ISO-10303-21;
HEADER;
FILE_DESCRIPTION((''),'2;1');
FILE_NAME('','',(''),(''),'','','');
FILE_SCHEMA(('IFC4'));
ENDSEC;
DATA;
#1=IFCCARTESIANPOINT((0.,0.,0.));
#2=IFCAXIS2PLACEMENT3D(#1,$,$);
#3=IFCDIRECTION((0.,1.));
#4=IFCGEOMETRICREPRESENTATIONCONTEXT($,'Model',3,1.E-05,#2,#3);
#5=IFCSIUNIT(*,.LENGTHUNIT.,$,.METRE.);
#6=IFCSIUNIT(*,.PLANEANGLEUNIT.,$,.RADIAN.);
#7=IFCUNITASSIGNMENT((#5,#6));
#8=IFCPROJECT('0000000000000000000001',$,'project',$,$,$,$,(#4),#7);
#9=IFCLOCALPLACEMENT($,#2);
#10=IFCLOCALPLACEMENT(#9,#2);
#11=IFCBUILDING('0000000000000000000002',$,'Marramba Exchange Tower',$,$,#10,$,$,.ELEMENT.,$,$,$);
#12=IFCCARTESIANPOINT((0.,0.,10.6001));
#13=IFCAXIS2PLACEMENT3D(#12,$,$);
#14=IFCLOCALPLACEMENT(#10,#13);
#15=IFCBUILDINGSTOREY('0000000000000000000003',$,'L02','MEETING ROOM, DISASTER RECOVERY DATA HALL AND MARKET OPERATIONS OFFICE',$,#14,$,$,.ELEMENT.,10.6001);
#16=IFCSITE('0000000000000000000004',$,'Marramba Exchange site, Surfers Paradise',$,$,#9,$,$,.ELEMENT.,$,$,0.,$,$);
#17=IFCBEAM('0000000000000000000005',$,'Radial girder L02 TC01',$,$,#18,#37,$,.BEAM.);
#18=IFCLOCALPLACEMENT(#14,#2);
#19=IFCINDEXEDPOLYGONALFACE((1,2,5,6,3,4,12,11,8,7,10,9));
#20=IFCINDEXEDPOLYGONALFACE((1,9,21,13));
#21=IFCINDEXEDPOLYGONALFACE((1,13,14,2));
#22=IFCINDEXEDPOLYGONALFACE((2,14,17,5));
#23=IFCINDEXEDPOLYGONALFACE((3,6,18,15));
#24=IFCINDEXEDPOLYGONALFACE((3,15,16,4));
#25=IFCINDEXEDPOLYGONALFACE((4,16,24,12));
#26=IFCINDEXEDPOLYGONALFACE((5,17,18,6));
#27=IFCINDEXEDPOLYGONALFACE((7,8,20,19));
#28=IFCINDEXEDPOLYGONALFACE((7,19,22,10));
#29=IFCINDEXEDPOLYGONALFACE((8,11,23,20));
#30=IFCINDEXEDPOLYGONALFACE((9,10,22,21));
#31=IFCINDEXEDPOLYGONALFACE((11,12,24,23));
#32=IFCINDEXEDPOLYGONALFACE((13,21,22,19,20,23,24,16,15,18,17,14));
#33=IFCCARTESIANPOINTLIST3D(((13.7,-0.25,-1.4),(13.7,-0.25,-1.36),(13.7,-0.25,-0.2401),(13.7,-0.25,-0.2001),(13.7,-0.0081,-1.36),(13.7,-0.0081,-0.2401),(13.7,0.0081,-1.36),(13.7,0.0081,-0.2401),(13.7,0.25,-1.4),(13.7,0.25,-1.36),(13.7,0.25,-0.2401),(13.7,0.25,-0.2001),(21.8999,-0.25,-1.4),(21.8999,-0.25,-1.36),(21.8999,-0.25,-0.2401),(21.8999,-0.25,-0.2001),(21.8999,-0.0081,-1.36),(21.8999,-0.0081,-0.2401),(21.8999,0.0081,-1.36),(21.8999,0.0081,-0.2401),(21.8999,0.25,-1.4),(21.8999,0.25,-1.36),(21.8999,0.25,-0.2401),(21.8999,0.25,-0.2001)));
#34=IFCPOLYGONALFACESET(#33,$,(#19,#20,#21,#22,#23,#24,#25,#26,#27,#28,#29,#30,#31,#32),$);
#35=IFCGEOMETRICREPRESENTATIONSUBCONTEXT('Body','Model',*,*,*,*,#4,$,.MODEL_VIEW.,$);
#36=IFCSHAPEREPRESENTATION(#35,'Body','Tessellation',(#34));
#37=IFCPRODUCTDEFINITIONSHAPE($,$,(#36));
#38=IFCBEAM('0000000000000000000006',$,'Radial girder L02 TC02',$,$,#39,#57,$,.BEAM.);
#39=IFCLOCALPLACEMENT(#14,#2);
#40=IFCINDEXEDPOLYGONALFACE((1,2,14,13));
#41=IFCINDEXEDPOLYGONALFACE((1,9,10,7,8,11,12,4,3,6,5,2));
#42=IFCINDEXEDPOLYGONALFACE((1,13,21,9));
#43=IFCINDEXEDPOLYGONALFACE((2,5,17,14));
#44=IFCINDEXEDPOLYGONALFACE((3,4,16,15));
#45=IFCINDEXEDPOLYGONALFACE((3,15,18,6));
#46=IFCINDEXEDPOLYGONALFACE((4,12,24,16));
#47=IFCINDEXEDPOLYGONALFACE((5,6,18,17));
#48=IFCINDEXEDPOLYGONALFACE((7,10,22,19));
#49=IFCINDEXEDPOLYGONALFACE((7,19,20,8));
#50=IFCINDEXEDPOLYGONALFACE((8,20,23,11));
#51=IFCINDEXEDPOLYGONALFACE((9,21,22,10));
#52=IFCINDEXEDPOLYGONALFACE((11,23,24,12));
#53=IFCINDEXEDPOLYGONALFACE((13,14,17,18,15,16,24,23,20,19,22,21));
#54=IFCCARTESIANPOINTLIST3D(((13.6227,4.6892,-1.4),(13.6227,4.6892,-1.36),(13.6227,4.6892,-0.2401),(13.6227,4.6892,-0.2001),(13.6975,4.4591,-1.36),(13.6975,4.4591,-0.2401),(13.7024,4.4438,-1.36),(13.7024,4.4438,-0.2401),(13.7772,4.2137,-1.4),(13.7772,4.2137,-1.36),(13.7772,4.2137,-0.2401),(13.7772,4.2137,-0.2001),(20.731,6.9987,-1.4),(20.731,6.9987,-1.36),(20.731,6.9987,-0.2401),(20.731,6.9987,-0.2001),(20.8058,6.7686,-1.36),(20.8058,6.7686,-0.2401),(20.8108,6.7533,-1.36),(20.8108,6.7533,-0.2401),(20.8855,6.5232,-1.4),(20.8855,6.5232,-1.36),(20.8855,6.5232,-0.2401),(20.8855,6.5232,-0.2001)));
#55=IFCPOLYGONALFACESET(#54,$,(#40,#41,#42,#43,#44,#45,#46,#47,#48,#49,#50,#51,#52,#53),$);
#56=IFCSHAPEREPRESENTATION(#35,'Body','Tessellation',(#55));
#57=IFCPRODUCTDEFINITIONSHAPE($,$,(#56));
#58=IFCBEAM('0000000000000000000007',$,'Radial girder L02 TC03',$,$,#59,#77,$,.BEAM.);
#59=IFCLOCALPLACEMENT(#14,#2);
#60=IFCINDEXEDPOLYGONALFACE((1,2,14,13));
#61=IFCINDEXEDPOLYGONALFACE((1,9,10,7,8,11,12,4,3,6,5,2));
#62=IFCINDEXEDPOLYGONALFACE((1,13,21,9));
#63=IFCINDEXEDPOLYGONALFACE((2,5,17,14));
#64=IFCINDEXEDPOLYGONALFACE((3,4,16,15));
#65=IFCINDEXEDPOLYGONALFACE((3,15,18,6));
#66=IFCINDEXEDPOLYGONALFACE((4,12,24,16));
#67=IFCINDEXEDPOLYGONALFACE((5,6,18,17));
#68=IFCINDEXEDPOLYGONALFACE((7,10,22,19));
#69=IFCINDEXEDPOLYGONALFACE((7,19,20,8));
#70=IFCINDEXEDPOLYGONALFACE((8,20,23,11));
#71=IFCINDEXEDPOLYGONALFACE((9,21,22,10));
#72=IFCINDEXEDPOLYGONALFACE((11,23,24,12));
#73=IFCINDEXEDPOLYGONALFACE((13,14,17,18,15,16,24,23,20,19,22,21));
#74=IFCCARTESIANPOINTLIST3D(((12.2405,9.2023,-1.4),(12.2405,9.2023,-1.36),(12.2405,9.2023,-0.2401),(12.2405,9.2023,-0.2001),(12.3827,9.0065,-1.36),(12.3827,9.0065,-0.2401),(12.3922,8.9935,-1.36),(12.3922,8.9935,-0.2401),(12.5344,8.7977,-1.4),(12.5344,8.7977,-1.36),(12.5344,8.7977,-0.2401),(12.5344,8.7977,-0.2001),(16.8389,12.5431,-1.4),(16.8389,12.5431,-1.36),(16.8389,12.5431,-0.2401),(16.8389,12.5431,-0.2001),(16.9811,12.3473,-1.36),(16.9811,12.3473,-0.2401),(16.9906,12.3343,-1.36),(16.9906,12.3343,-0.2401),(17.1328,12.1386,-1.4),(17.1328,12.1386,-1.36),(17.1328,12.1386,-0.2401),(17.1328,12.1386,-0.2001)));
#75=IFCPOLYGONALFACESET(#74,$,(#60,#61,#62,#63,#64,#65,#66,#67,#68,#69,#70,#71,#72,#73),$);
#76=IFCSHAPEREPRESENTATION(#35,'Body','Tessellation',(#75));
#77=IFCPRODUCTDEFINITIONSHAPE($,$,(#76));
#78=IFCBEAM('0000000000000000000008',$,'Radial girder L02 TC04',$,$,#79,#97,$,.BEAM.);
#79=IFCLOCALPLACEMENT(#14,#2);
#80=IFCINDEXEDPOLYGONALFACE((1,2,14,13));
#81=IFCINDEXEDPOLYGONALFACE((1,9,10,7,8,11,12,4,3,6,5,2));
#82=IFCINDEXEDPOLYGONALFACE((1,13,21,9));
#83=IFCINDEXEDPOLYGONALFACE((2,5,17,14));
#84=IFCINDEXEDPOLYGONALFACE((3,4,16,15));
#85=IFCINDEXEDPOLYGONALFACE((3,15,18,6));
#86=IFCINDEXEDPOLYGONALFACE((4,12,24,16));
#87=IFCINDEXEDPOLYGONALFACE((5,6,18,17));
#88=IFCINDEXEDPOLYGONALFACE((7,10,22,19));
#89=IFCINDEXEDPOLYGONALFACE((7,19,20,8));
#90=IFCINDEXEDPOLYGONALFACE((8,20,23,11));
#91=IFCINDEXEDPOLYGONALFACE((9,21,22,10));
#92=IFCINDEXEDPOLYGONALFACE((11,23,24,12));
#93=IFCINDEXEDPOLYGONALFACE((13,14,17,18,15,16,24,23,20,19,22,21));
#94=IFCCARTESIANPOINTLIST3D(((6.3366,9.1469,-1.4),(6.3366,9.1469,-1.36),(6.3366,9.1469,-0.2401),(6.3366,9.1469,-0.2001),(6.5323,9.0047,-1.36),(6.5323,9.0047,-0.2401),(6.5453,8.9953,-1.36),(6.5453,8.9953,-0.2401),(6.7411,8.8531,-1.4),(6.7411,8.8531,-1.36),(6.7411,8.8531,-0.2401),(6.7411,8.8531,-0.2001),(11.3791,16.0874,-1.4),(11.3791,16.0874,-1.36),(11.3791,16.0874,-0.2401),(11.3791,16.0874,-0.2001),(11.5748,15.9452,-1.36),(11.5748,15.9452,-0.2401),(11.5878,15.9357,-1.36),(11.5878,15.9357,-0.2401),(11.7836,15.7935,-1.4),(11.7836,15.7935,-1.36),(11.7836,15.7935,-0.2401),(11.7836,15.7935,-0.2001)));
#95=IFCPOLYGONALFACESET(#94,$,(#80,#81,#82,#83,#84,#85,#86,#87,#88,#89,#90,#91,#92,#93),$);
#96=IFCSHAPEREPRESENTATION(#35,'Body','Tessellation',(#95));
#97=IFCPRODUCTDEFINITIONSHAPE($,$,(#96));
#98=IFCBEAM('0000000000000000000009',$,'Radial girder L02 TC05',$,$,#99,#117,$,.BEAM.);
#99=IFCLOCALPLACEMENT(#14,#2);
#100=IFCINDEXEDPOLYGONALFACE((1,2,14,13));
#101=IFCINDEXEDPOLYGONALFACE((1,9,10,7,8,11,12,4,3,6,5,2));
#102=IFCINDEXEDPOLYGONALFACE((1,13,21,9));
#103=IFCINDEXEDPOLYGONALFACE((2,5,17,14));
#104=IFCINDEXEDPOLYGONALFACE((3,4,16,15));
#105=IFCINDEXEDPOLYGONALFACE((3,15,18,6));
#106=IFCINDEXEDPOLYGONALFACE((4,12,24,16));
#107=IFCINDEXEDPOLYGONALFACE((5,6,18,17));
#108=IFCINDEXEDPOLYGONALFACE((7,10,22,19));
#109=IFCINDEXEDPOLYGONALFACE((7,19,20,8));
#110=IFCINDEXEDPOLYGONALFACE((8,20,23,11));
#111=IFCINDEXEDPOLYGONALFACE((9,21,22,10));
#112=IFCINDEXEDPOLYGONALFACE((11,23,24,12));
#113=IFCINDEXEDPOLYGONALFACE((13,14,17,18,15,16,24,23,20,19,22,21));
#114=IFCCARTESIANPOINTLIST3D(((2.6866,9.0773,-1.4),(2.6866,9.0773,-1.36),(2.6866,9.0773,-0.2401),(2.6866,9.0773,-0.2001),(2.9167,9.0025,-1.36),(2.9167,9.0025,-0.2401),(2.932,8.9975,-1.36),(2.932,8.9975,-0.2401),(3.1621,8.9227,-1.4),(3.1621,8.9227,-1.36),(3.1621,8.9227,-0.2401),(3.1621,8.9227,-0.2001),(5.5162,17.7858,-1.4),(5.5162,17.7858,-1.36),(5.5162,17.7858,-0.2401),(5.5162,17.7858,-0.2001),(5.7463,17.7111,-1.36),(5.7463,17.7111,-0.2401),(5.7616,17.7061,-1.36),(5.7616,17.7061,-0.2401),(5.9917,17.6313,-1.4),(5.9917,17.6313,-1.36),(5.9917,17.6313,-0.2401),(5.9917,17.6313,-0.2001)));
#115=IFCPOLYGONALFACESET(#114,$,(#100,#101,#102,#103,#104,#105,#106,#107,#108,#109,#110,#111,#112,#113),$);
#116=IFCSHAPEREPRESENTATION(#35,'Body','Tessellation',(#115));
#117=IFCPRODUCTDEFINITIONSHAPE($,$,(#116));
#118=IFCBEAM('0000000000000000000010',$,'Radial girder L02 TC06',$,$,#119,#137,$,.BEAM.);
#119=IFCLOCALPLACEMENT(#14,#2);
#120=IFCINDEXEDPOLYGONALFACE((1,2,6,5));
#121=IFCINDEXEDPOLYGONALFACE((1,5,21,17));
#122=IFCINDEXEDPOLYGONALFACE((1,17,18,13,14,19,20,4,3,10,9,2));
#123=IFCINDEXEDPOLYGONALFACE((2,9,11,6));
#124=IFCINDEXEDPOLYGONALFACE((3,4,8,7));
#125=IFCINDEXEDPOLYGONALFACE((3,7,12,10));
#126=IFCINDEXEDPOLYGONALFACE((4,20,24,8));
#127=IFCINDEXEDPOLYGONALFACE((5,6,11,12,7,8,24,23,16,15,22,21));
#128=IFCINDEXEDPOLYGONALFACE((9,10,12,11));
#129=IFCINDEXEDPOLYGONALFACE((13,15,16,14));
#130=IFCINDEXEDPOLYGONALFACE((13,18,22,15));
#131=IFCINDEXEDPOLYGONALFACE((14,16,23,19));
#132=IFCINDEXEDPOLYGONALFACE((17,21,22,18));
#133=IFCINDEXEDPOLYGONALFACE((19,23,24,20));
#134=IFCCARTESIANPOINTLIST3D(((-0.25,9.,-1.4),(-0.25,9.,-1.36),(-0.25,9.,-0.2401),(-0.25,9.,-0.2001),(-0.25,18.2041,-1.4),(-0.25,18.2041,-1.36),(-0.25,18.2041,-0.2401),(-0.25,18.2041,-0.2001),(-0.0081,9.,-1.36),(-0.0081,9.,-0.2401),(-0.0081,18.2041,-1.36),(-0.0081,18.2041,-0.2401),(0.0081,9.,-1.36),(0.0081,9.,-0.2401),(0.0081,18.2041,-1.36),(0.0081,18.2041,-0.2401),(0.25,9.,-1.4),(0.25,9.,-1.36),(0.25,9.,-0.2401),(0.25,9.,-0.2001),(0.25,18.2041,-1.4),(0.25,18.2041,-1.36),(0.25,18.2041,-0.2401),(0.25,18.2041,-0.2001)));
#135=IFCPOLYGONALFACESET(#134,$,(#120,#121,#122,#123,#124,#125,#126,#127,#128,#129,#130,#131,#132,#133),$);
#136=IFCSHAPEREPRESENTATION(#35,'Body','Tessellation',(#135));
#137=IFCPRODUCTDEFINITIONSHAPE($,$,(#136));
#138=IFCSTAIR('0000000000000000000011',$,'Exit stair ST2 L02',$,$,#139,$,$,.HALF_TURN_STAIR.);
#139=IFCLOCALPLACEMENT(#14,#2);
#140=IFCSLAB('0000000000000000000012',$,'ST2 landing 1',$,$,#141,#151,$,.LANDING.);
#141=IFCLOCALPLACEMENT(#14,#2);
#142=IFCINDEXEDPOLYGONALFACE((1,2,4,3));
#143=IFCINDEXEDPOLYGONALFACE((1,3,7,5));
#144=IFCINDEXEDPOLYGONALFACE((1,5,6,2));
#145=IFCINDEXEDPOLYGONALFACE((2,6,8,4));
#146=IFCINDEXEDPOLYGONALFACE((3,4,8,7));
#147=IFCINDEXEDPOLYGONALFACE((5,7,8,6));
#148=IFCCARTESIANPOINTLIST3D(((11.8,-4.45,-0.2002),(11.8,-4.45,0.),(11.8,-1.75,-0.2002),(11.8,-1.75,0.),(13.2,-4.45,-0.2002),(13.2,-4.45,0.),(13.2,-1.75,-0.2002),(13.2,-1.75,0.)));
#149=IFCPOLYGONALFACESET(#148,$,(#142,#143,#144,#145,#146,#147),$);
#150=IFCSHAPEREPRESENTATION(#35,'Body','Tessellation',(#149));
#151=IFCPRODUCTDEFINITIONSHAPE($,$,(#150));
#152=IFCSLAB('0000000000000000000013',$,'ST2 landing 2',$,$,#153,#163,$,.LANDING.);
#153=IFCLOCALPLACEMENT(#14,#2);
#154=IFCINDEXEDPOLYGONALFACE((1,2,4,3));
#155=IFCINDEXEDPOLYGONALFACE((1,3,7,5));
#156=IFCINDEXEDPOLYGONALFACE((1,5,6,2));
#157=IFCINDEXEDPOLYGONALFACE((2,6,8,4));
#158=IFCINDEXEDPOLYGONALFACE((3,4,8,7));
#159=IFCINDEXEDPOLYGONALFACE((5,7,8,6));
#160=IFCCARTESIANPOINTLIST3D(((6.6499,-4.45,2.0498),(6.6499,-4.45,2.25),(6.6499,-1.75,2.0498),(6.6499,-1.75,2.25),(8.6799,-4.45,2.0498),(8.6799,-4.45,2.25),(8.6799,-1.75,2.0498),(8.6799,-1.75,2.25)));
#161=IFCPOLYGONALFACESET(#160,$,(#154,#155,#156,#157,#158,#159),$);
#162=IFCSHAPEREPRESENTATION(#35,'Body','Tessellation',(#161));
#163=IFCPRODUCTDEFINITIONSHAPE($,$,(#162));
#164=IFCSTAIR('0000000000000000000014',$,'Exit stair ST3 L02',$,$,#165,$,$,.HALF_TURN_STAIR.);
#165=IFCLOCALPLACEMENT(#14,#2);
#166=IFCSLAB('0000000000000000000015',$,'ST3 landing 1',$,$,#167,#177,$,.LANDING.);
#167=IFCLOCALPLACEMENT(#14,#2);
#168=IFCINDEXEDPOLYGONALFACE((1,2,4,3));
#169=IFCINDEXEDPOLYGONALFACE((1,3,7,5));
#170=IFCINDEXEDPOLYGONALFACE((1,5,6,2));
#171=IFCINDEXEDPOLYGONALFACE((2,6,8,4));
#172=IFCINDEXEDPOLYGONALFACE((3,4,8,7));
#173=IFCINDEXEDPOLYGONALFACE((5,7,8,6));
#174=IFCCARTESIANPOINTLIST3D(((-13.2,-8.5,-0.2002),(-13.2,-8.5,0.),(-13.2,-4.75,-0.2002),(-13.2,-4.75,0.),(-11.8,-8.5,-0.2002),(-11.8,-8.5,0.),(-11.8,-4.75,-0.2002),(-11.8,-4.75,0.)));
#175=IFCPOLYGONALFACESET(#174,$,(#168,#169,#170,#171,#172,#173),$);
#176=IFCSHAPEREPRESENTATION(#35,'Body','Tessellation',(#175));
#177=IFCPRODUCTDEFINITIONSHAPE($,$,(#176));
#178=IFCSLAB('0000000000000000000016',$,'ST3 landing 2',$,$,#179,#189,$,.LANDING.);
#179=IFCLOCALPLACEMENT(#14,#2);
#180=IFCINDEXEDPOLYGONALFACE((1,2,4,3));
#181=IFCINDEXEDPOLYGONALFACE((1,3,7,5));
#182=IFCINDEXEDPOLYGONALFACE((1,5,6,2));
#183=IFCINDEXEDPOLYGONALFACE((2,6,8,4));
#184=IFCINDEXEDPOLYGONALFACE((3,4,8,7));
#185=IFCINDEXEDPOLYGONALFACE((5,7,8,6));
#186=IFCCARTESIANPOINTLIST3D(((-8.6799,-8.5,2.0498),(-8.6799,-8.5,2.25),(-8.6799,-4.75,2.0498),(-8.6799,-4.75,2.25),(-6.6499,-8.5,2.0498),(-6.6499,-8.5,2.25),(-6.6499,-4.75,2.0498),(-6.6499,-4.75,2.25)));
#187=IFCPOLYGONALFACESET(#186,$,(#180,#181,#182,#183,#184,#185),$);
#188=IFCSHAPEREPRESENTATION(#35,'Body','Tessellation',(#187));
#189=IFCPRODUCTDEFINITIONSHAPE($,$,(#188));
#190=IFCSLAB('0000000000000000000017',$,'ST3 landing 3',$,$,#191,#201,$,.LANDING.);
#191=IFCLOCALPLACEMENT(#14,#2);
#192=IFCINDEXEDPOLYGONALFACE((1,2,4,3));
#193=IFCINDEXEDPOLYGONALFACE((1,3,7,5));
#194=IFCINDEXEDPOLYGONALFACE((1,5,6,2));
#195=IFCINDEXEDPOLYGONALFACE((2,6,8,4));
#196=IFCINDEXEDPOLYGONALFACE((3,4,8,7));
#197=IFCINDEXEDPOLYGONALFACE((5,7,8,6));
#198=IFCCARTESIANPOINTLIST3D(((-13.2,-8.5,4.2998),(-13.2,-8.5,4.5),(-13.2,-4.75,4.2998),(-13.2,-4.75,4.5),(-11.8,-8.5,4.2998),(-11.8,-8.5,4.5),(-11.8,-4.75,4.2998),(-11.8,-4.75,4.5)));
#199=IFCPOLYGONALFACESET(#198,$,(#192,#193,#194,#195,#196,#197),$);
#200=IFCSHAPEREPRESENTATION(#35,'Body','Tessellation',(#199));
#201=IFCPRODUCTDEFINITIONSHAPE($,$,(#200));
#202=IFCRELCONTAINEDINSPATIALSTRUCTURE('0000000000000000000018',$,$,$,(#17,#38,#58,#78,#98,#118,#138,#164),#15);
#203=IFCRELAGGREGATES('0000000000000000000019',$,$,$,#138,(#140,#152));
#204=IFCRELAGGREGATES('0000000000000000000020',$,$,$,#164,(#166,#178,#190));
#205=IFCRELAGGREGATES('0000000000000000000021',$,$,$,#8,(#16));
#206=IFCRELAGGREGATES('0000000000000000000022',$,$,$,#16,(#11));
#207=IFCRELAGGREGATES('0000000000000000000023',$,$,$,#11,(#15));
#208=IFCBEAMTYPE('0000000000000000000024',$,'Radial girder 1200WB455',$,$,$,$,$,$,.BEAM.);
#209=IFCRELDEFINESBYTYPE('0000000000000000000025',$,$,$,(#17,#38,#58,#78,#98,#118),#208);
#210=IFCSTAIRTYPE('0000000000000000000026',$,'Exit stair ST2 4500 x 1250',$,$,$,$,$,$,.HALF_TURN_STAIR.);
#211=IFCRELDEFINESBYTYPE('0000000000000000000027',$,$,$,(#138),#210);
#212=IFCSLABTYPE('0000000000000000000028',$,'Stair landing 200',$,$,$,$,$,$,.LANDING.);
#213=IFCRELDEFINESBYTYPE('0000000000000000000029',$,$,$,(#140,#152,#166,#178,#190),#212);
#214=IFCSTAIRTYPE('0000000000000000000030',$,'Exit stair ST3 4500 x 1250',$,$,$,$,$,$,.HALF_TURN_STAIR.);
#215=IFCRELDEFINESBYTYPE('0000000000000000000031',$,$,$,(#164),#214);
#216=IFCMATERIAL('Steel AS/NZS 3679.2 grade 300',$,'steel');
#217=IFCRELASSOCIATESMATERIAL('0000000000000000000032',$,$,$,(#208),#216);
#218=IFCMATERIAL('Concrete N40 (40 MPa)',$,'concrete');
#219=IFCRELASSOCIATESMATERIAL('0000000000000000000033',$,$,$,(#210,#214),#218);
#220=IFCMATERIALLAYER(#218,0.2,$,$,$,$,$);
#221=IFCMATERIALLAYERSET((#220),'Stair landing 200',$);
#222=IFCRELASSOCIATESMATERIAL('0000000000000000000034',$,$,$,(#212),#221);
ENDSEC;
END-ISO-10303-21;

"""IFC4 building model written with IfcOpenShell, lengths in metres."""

from ifc_helpers import new_model, si_unit, direction, frame, origin, origin_2d, place, context, subcontext, project, spatial, polyline, i_section, outline, extrude, material, layer, layer_set, material_profile, profile_set, type_object, element, aggregate, save


model = new_model("IFC4")

# Units and contexts
model_context = context("Model", 3, precision=1e-05, world=origin(), true_north=direction((0.0, 1.0)))
body_context = subcontext(model_context, "Body", "Model", "MODEL_VIEW")
ifc_project = project(units=[si_unit("LENGTHUNIT", "METRE"), si_unit("PLANEANGLEUNIT", "RADIAN")], contexts=[model_context])

# Site, building, storey
site_placement = place(None, origin())
site = spatial("IfcSite", under=ifc_project, at=site_placement, Name="Marramba Exchange site, Surfers Paradise", CompositionType="ELEMENT", RefElevation=0.0)
building_placement = place(site_placement, origin())
building = spatial("IfcBuilding", under=site, at=building_placement, Name="Marramba Exchange Tower", CompositionType="ELEMENT")
storey_placement = place(building_placement, frame((0.0, 0.0, 10.6001)))
storey = spatial("IfcBuildingStorey", under=building, at=storey_placement, Name="L02", Description="MEETING ROOM, DISASTER RECOVERY DATA HALL AND MARKET OPERATIONS OFFICE", CompositionType="ELEMENT", Elevation=10.6001)

# Beams
ifc_material_1 = material(Name="Steel AS/NZS 3679.2 grade 300", Category="steel")
ifc_material_profile = material_profile(ifc_material_1, i_section(OverallWidth=0.5, OverallDepth=1.2, WebThickness=0.0161, FlangeThickness=0.04, at=origin_2d()), Name="1200WB455")
ifc_profile_set = profile_set([ifc_material_profile], Name="Steel AS/NZS 3679.2 grade 300")
beam_type = type_object("IfcBeamType", Name="Radial girder 1200WB455", PredefinedType="BEAM", material=ifc_profile_set)
beam_1_placement = place(storey_placement, frame((13.7, 0.0, -0.8), z_axis=(1.0, 0.0, 0.0), x_axis=(0.0, 1.0, 0.0)))
element("IfcBeam", 1, at=beam_1_placement, inside=storey, type_object=beam_type, Name="Radial girder L02 TC01", PredefinedType="BEAM", context=body_context, shape_type="SweptSolid", body=[
    extrude(i_section(OverallWidth=0.5, OverallDepth=1.2, WebThickness=0.0161, FlangeThickness=0.04, at=origin_2d()), origin(), (0.0, 0.0, 1.0), 8.2),
])
beam_2_placement = place(storey_placement, frame((13.7, 4.4514, -0.8), z_axis=(0.95106, 0.309006, 0.0), x_axis=(-0.309006, 0.95106, 0.0)))
element("IfcBeam", 2, at=beam_2_placement, inside=storey, type_object=beam_type, Name="Radial girder L02 TC02", PredefinedType="BEAM", context=body_context, shape_type="SweptSolid", body=[
    extrude(i_section(OverallWidth=0.5, OverallDepth=1.2, WebThickness=0.0161, FlangeThickness=0.04, at=origin_2d()), origin(), (0.0, 0.0, 1.0), 7.4741),
])
beam_3_placement = place(storey_placement, frame((12.3875, 9.0, -0.8), z_axis=(0.809026, 0.587773, 0.0), x_axis=(-0.587773, 0.809026, 0.0)))
element("IfcBeam", 3, at=beam_3_placement, inside=storey, type_object=beam_type, Name="Radial girder L02 TC03", PredefinedType="BEAM", context=body_context, shape_type="SweptSolid", body=[
    extrude(i_section(OverallWidth=0.5, OverallDepth=1.2, WebThickness=0.0161, FlangeThickness=0.04, at=origin_2d()), origin(), (0.0, 0.0, 1.0), 5.6838),
])
beam_4_placement = place(storey_placement, frame((6.5388, 9.0, -0.8), z_axis=(0.587782, 0.809019, 0.0), x_axis=(-0.809019, 0.587782, 0.0)))
element("IfcBeam", 4, at=beam_4_placement, inside=storey, type_object=beam_type, Name="Radial girder L02 TC04", PredefinedType="BEAM", context=body_context, shape_type="SweptSolid", body=[
    extrude(i_section(OverallWidth=0.5, OverallDepth=1.2, WebThickness=0.0161, FlangeThickness=0.04, at=origin_2d()), origin(), (0.0, 0.0, 1.0), 8.5789),
])
beam_5_placement = place(storey_placement, frame((2.9243, 9.0, -0.8), z_axis=(0.30902, 0.951056, 0.0), x_axis=(-0.951056, 0.30902, 0.0)))
element("IfcBeam", 5, at=beam_5_placement, inside=storey, type_object=beam_type, Name="Radial girder L02 TC05", PredefinedType="BEAM", context=body_context, shape_type="SweptSolid", body=[
    extrude(i_section(OverallWidth=0.5, OverallDepth=1.2, WebThickness=0.0161, FlangeThickness=0.04, at=origin_2d()), origin(), (0.0, 0.0, 1.0), 9.1567),
])
beam_6_placement = place(storey_placement, frame((0.0, 9.0, -0.8), z_axis=(0.0, 1.0, 0.0), x_axis=(-1.0, 0.0, 0.0)))
element("IfcBeam", 6, at=beam_6_placement, inside=storey, type_object=beam_type, Name="Radial girder L02 TC06", PredefinedType="BEAM", context=body_context, shape_type="SweptSolid", body=[
    extrude(i_section(OverallWidth=0.5, OverallDepth=1.2, WebThickness=0.0161, FlangeThickness=0.04, at=origin_2d()), origin(), (0.0, 0.0, 1.0), 9.2041),
])

# Stairs, slabs
ifc_material_2 = material(Name="Concrete N40 (40 MPa)", Category="concrete")
stair_type_1 = type_object("IfcStairType", Name="Exit stair ST2 4500 x 1250", PredefinedType="HALF_TURN_STAIR", material=ifc_material_2)
stair_1_placement = place(storey_placement, origin())
stair_1 = element("IfcStair", 7, at=stair_1_placement, inside=storey, type_object=stair_type_1, Name="Exit stair ST2 L02", PredefinedType="HALF_TURN_STAIR")
ifc_layer_1 = layer(ifc_material_2, 0.2)
ifc_layer_set_1 = layer_set([ifc_layer_1], Name="Stair landing 200")
slab_type = type_object("IfcSlabType", Name="Stair landing 200", PredefinedType="LANDING", material=ifc_layer_set_1)
slab_1_placement = place(storey_placement, frame((0.0, 0.0, -0.2002)))
slab_1 = element("IfcSlab", 8, at=slab_1_placement, type_object=slab_type, Name="ST2 landing 1", PredefinedType="LANDING", context=body_context, shape_type="SweptSolid", body=[
    extrude(outline(polyline([(11.8, -4.45), (13.2, -4.45), (13.2, -1.75), (11.8, -1.75), (11.8, -4.45)])), origin(), (0.0, 0.0, 1.0), 0.2002),
])
slab_2_placement = place(storey_placement, frame((0.0, 0.0, 2.0498)))
slab_2 = element("IfcSlab", 9, at=slab_2_placement, type_object=slab_type, Name="ST2 landing 2", PredefinedType="LANDING", context=body_context, shape_type="SweptSolid", body=[
    extrude(outline(polyline([(6.6499, -4.45), (8.6799, -4.45), (8.6799, -1.75), (6.6499, -1.75), (6.6499, -4.45)])), origin(), (0.0, 0.0, 1.0), 0.2002),
])
aggregate(stair_1, [slab_1, slab_2])
stair_type_2 = type_object("IfcStairType", Name="Exit stair ST3 4500 x 1250", PredefinedType="HALF_TURN_STAIR", material=ifc_material_2)
stair_2_placement = place(storey_placement, origin())
stair_2 = element("IfcStair", 10, at=stair_2_placement, inside=storey, type_object=stair_type_2, Name="Exit stair ST3 L02", PredefinedType="HALF_TURN_STAIR")
slab_3_placement = place(storey_placement, frame((0.0, 0.0, -0.2002)))
slab_3 = element("IfcSlab", 11, at=slab_3_placement, type_object=slab_type, Name="ST3 landing 1", PredefinedType="LANDING", context=body_context, shape_type="SweptSolid", body=[
    extrude(outline(polyline([(-13.2, -8.5), (-11.8, -8.5), (-11.8, -4.75), (-13.2, -4.75), (-13.2, -8.5)])), origin(), (0.0, 0.0, 1.0), 0.2002),
])
slab_4_placement = place(storey_placement, frame((0.0, 0.0, 2.0498)))
slab_4 = element("IfcSlab", 12, at=slab_4_placement, type_object=slab_type, Name="ST3 landing 2", PredefinedType="LANDING", context=body_context, shape_type="SweptSolid", body=[
    extrude(outline(polyline([(-8.6799, -8.5), (-6.6499, -8.5), (-6.6499, -4.75), (-8.6799, -4.75), (-8.6799, -8.5)])), origin(), (0.0, 0.0, 1.0), 0.2002),
])
slab_5_placement = place(storey_placement, frame((0.0, 0.0, 4.2998)))
slab_5 = element("IfcSlab", 13, at=slab_5_placement, type_object=slab_type, Name="ST3 landing 3", PredefinedType="LANDING", context=body_context, shape_type="SweptSolid", body=[
    extrude(outline(polyline([(-13.2, -8.5), (-11.8, -8.5), (-11.8, -4.75), (-13.2, -4.75), (-13.2, -8.5)])), origin(), (0.0, 0.0, 1.0), 0.2002),
])
aggregate(stair_2, [slab_3, slab_4, slab_5])

save(model, "model.ifc")
